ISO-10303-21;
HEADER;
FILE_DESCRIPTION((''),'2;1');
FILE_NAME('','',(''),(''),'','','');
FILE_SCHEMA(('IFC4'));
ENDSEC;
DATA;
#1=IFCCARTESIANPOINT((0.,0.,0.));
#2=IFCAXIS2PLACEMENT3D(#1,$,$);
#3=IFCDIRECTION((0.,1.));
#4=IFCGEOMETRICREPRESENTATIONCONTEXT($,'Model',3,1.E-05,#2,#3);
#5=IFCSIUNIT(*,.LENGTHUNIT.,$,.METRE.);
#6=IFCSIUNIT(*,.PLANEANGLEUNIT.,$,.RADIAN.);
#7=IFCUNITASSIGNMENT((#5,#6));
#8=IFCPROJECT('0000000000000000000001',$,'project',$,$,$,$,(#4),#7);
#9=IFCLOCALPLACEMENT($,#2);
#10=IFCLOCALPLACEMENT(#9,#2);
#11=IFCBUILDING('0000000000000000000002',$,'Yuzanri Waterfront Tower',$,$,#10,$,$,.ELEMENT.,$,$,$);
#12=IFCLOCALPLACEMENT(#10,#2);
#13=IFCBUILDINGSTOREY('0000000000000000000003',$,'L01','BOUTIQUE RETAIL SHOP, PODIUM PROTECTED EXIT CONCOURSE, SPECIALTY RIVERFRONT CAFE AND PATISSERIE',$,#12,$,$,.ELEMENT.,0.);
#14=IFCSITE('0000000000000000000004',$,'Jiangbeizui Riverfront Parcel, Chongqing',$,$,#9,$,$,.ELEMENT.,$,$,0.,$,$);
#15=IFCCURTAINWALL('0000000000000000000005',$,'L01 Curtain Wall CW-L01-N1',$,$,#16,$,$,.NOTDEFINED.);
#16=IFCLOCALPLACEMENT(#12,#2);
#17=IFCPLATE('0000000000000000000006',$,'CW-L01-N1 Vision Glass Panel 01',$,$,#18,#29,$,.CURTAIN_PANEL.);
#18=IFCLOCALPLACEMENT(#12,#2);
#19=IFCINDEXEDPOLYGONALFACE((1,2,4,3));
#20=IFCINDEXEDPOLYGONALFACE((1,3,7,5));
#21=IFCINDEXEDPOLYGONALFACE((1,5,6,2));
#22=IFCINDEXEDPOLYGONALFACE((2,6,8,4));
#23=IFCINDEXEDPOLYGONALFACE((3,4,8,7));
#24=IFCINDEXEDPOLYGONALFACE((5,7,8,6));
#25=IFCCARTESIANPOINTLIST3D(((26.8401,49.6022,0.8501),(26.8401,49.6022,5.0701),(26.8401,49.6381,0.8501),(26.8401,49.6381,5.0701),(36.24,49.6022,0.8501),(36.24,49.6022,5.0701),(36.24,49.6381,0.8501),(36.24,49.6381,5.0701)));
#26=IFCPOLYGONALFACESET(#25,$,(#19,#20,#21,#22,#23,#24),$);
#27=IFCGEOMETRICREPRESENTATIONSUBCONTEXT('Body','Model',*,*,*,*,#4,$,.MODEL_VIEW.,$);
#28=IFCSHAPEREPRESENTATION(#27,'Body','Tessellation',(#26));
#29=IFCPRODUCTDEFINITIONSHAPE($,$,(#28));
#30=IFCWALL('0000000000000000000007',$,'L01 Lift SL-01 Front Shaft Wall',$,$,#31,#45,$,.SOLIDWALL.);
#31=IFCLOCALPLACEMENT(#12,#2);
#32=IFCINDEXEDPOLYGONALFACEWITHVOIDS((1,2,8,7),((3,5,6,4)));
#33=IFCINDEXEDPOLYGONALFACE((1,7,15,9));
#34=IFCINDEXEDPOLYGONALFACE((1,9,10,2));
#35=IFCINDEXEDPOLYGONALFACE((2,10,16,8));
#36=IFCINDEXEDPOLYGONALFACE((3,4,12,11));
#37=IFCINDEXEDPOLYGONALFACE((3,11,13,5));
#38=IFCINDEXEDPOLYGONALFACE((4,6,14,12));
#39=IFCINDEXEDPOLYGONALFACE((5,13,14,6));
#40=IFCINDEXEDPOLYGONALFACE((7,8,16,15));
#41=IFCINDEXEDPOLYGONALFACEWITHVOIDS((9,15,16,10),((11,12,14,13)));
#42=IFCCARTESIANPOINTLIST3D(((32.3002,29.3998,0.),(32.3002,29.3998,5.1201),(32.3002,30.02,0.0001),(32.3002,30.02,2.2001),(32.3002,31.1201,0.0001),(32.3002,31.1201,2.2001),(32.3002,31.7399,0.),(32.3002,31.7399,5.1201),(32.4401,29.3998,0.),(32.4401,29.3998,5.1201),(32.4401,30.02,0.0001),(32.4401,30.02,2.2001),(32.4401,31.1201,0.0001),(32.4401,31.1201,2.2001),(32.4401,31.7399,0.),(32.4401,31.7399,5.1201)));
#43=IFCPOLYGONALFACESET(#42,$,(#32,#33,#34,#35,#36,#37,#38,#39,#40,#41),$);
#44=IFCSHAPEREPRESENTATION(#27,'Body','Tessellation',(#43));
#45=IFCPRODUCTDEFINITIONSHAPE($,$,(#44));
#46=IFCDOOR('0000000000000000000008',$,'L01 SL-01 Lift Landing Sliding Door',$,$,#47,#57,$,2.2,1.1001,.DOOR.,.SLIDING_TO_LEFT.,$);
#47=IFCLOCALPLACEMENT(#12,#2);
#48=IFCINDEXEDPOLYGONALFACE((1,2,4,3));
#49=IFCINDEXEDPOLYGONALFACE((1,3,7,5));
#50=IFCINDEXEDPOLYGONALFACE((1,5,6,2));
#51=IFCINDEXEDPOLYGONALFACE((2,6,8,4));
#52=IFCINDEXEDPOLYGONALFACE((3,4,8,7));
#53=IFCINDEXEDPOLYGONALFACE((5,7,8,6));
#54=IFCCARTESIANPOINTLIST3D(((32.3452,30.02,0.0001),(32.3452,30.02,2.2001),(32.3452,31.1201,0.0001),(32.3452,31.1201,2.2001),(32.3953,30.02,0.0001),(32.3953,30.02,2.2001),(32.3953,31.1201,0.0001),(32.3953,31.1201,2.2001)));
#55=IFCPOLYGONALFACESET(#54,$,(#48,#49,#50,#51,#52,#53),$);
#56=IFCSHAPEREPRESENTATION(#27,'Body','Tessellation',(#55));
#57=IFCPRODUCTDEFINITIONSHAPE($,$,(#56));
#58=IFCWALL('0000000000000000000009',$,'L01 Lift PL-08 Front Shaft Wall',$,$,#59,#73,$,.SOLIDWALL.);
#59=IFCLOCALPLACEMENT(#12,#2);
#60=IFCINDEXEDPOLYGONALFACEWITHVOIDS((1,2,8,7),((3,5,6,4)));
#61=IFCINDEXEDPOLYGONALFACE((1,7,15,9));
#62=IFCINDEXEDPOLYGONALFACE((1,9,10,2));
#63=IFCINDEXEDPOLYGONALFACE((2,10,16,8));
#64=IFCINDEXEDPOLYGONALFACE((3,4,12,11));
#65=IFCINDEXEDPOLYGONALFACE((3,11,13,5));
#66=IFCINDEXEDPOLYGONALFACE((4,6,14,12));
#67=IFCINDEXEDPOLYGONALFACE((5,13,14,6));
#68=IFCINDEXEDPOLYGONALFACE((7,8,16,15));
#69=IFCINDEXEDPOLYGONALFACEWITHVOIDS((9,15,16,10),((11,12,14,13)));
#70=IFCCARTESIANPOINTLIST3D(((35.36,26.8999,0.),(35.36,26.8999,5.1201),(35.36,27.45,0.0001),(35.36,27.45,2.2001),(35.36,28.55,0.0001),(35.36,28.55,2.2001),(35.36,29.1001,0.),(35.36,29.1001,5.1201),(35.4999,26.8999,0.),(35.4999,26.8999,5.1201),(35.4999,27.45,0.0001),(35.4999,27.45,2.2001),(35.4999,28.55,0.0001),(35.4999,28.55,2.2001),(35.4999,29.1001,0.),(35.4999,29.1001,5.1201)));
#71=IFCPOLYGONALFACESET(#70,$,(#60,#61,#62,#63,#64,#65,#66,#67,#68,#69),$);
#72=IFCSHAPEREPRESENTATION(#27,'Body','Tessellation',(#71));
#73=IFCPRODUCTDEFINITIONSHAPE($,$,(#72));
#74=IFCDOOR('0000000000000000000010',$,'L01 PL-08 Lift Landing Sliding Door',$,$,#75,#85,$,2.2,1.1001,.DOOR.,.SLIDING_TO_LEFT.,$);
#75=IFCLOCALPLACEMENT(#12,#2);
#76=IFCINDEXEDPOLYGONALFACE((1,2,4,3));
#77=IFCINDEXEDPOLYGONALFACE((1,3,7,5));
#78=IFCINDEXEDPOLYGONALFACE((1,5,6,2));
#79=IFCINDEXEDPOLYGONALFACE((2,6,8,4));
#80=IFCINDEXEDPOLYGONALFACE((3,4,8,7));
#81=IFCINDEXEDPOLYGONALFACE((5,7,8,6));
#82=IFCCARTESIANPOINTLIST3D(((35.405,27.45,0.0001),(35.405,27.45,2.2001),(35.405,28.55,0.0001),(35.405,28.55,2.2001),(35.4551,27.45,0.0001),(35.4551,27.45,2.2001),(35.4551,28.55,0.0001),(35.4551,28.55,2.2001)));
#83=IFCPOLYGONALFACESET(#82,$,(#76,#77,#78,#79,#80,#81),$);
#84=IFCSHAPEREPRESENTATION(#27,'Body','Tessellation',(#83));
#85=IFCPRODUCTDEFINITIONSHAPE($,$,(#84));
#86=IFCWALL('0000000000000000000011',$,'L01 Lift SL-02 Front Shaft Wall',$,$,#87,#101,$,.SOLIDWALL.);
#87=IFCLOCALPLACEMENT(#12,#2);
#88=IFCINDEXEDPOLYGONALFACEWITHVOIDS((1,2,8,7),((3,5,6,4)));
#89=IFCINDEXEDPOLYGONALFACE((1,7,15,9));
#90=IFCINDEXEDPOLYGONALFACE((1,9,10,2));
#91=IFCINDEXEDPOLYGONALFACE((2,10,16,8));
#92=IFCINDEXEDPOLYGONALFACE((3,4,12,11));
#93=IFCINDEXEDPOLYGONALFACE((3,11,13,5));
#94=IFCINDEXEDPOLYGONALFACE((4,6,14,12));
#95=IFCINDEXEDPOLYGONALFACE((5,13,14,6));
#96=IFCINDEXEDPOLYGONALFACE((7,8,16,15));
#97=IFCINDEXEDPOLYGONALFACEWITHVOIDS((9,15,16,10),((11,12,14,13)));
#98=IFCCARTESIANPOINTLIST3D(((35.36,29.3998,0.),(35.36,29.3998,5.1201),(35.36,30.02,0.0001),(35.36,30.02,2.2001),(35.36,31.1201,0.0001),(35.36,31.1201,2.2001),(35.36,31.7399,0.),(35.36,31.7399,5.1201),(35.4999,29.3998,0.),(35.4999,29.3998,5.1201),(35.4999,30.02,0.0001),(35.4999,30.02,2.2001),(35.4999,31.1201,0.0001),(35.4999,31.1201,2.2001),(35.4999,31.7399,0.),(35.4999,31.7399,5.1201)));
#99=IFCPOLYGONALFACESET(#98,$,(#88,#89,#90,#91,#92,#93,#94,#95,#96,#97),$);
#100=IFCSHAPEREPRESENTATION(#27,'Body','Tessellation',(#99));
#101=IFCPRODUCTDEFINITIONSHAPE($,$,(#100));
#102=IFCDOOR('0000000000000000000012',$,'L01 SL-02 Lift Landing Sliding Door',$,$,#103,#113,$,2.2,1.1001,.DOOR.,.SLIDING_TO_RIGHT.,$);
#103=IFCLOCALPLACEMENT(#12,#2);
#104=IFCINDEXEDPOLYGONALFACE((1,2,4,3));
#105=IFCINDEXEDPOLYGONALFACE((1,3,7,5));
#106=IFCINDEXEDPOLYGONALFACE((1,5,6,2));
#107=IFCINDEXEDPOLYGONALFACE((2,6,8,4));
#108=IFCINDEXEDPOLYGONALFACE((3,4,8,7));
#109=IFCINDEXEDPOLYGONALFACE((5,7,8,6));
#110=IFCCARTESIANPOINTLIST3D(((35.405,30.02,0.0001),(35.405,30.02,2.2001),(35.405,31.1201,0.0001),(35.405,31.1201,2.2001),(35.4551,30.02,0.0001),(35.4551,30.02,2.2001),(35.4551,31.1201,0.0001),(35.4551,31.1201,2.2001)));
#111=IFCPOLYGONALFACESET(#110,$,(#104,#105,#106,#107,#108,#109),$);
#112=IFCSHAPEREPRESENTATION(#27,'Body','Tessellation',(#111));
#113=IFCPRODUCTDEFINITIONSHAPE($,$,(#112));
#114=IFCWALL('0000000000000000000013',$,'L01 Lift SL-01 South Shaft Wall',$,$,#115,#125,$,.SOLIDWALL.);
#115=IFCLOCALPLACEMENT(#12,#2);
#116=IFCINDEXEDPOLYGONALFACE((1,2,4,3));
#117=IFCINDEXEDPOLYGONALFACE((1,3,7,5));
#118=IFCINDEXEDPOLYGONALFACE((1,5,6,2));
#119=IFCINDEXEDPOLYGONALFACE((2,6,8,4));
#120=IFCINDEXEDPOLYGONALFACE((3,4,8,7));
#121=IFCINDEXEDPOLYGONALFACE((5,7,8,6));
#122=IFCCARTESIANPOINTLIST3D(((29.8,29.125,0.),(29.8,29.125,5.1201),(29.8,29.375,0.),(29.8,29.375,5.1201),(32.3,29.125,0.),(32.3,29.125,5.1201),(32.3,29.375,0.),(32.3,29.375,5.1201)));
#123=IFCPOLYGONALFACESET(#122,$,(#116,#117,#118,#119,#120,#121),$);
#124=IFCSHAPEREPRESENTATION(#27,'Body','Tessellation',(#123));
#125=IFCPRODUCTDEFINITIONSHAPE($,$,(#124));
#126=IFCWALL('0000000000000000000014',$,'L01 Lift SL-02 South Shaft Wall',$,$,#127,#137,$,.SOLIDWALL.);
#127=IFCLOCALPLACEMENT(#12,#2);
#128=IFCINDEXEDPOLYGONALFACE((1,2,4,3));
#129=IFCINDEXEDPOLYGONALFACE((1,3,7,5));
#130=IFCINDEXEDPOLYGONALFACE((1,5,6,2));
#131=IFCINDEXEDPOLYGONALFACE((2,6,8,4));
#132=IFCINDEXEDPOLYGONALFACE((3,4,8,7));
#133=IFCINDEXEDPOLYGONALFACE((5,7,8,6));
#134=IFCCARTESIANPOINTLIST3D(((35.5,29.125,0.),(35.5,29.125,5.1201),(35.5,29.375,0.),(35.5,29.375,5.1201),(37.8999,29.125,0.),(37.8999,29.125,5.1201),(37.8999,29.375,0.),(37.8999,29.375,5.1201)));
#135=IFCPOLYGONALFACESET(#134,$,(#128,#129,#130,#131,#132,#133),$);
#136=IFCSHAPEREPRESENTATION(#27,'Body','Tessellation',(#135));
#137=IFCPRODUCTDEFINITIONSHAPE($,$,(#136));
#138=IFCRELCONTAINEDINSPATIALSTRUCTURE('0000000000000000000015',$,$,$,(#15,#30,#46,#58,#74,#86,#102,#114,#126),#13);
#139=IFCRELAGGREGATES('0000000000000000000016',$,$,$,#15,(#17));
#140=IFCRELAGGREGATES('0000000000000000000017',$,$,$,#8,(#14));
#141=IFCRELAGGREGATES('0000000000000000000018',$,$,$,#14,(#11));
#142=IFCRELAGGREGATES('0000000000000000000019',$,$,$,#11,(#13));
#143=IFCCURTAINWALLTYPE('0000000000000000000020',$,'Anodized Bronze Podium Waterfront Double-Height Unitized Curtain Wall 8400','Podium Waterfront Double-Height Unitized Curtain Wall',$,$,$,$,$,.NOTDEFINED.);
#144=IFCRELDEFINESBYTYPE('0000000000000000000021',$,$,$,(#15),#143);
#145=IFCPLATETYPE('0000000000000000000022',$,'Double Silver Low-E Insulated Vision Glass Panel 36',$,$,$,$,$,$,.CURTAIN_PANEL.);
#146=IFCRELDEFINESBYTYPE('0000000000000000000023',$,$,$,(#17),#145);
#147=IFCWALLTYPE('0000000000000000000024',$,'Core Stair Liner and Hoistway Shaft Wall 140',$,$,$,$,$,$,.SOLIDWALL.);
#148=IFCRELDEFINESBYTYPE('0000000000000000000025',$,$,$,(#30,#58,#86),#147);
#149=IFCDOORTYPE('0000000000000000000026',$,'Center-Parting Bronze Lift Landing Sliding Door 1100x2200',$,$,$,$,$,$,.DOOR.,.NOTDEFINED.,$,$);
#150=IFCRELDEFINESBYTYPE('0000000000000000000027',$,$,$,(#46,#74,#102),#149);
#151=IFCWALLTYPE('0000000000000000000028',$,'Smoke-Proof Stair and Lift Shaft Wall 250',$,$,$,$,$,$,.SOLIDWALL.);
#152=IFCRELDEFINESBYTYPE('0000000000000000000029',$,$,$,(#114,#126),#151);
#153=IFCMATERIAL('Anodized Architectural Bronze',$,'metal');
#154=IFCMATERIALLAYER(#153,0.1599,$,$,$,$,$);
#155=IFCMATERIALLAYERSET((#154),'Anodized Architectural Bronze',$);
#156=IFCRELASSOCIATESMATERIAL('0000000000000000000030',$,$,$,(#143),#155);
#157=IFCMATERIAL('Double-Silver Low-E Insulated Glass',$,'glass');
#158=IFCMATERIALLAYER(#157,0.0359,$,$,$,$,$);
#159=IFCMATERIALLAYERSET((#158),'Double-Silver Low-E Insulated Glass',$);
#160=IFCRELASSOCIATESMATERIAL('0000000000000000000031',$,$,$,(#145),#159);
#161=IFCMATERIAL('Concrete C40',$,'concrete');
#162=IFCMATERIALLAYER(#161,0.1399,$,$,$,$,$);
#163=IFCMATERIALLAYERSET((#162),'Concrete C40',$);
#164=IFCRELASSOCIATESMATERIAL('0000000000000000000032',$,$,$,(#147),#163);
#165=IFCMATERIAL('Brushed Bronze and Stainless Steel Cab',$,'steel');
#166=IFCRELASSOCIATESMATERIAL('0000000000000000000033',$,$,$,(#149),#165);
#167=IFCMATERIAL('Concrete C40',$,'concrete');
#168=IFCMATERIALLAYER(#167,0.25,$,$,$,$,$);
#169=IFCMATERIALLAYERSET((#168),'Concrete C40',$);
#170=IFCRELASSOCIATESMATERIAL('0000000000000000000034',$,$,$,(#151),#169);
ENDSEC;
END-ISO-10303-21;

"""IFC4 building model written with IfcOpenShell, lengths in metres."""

from ifc_helpers import new_model, si_unit, direction, frame, frame_2d, origin, origin_2d, place, context, subcontext, project, spatial, rectangle, extrude, source, transform, mapped, material, layer, layer_set, type_object, element, fill, aggregate, save


model = new_model("IFC4")

# Units and contexts
model_context = context("Model", 3, precision=1e-05, world=origin(), true_north=direction((0.0, 1.0)))
body_context = subcontext(model_context, "Body", "Model", "MODEL_VIEW")
ifc_project = project(units=[si_unit("LENGTHUNIT", "METRE"), si_unit("PLANEANGLEUNIT", "RADIAN")], contexts=[model_context])

# Site, building, storey
site_placement = place(None, origin())
site = spatial("IfcSite", under=ifc_project, at=site_placement, Name="Jiangbeizui Riverfront Parcel, Chongqing", CompositionType="ELEMENT", RefElevation=0.0)
building_placement = place(site_placement, origin())
building = spatial("IfcBuilding", under=site, at=building_placement, Name="Yuzanri Waterfront Tower", CompositionType="ELEMENT")
storey_placement = place(building_placement, origin())
storey = spatial("IfcBuildingStorey", under=building, at=storey_placement, Name="L01", Description="BOUTIQUE RETAIL SHOP, PODIUM PROTECTED EXIT CONCOURSE, SPECIALTY RIVERFRONT CAFE AND PATISSERIE", CompositionType="ELEMENT", Elevation=0.0)

# Curtain wall, plate
ifc_material_1 = material(Name="Anodized Architectural Bronze", Category="metal")
ifc_layer_1 = layer(ifc_material_1, 0.1599)
ifc_layer_set_1 = layer_set([ifc_layer_1], Name="Anodized Architectural Bronze")
curtain_wall_type = type_object("IfcCurtainWallType", Name="Anodized Bronze Podium Waterfront Double-Height Unitized Curtain Wall 8400", Description="Podium Waterfront Double-Height Unitized Curtain Wall", PredefinedType="NOTDEFINED", material=ifc_layer_set_1)
curtain_wall_placement = place(storey_placement, origin())
curtain_wall = element("IfcCurtainWall", 1, at=curtain_wall_placement, inside=storey, type_object=curtain_wall_type, Name="L01 Curtain Wall CW-L01-N1", PredefinedType="NOTDEFINED")
ifc_material_2 = material(Name="Double-Silver Low-E Insulated Glass", Category="glass")
ifc_layer_2 = layer(ifc_material_2, 0.0359)
ifc_layer_set_2 = layer_set([ifc_layer_2], Name="Double-Silver Low-E Insulated Glass")
plate_type_1 = type_object("IfcPlateType", Name="Double Silver Low-E Insulated Vision Glass Panel 36", PredefinedType="CURTAIN_PANEL", material=ifc_layer_set_2)
shared_shape_1 = source(origin(), body_context, "Body", "SweptSolid", [
    extrude(rectangle(XDim=9.3999, YDim=0.0359, at=origin_2d()), origin(), (0.0, 0.0, 1.0), 4.22),
])
plate_1_placement = place(storey_placement, frame((31.54, 49.6201, 0.8501), z_axis=(0.0, 0.0, 1.0), x_axis=(1.0, 0.0, 0.0)))
plate_1 = element("IfcPlate", 2, at=plate_1_placement, type_object=plate_type_1, Name="CW-L01-N1 Vision Glass Panel 01", PredefinedType="CURTAIN_PANEL", context=body_context, shape_type="MappedRepresentation", body=[
    mapped(shared_shape_1, transform((0.0, 0.0, 0.0), scale=1.0)),
])
aggregate(curtain_wall, [plate_1])

# Walls, openings, doors
ifc_material_3 = material(Name="Concrete C40", Category="concrete")
ifc_layer_3 = layer(ifc_material_3, 0.1399)
ifc_layer_set_3 = layer_set([ifc_layer_3], Name="Concrete C40")
wall_type_1 = type_object("IfcWallType", Name="Core Stair Liner and Hoistway Shaft Wall 140", PredefinedType="SOLIDWALL", material=ifc_layer_set_3)
wall_1_placement = place(storey_placement, frame((32.3701, 29.3999, 0.0), z_axis=(0.0, 0.0, 1.0), x_axis=(0.0, 1.0, 0.0)))
wall_1 = element("IfcWall", 3, at=wall_1_placement, inside=storey, type_object=wall_type_1, Name="L01 Lift SL-01 Front Shaft Wall", PredefinedType="SOLIDWALL", context=body_context, shape_type="SweptSolid", body=[
    extrude(rectangle(XDim=2.3401, YDim=0.1399, at=frame_2d((1.1699, 0.0))), origin(), (0.0, 0.0, 1.0), 5.1201),
])
opening_1_placement = place(wall_1_placement, frame((0.6201, 0.0, 0.0)))
opening_1 = element("IfcOpeningElement", 4, at=opening_1_placement, cuts=wall_1, PredefinedType="OPENING", context=body_context, shape_type="SweptSolid", body=[
    extrude(rectangle(XDim=1.1001, YDim=2.2, at=frame_2d((0.55, 1.1001))), frame((0.0, 0.085, 0.0), z_axis=(0.0, -1.0, 0.0), x_axis=(1.0, 0.0, 0.0)), (0.0, 0.0, 1.0), 0.1697),
])
ifc_material_4 = material(Name="Brushed Bronze and Stainless Steel Cab", Category="steel")
door_type_1 = type_object("IfcDoorType", Name="Center-Parting Bronze Lift Landing Sliding Door 1100x2200", OperationType="NOTDEFINED", PredefinedType="DOOR", material=ifc_material_4)
shared_shape_2 = source(origin(), body_context, "Body", "SweptSolid", [
    extrude(rectangle(XDim=1.1001, YDim=2.2, at=frame_2d((0.55, 1.1001))), frame((0.0, 0.0249, 0.0), z_axis=(0.0, -1.0, 0.0), x_axis=(1.0, 0.0, 0.0)), (0.0, 0.0, 1.0), 0.05),
])
door_1_placement = place(opening_1_placement, origin())
door_1 = element("IfcDoor", 5, at=door_1_placement, inside=storey, type_object=door_type_1, Name="L01 SL-01 Lift Landing Sliding Door", OperationType="SLIDING_TO_LEFT", OverallHeight=2.2, OverallWidth=1.1001, PredefinedType="DOOR", context=body_context, shape_type="MappedRepresentation", body=[
    mapped(shared_shape_2, transform((0.0, 0.0, 0.0), scale=1.0)),
])
fill(opening_1, door_1)
wall_2_placement = place(storey_placement, frame((35.4299, 26.8999, 0.0), z_axis=(0.0, 0.0, 1.0), x_axis=(0.0, 1.0, 0.0)))
wall_2 = element("IfcWall", 6, at=wall_2_placement, inside=storey, type_object=wall_type_1, Name="L01 Lift PL-08 Front Shaft Wall", PredefinedType="SOLIDWALL", context=body_context, shape_type="SweptSolid", body=[
    extrude(rectangle(XDim=2.2002, YDim=0.1399, at=frame_2d((1.1001, 0.0))), origin(), (0.0, 0.0, 1.0), 5.1201),
])
opening_2_placement = place(wall_2_placement, frame((0.55, 0.0, 0.0)))
opening_2 = element("IfcOpeningElement", 7, at=opening_2_placement, cuts=wall_2, PredefinedType="OPENING", context=body_context, shape_type="SweptSolid", body=[
    extrude(rectangle(XDim=1.1001, YDim=2.2, at=frame_2d((0.55, 1.1001))), frame((0.0, 0.085, 0.0), z_axis=(0.0, -1.0, 0.0), x_axis=(1.0, 0.0, 0.0)), (0.0, 0.0, 1.0), 0.1697),
])
door_2_placement = place(opening_2_placement, origin())
door_2 = element("IfcDoor", 8, at=door_2_placement, inside=storey, type_object=door_type_1, Name="L01 PL-08 Lift Landing Sliding Door", OperationType="SLIDING_TO_LEFT", OverallHeight=2.2, OverallWidth=1.1001, PredefinedType="DOOR", context=body_context, shape_type="MappedRepresentation", body=[
    mapped(shared_shape_2, transform((0.0, 0.0, 0.0), scale=1.0)),
])
fill(opening_2, door_2)
wall_3_placement = place(storey_placement, frame((35.4299, 29.3999, 0.0), z_axis=(0.0, 0.0, 1.0), x_axis=(0.0, 1.0, 0.0)))
wall_3 = element("IfcWall", 9, at=wall_3_placement, inside=storey, type_object=wall_type_1, Name="L01 Lift SL-02 Front Shaft Wall", PredefinedType="SOLIDWALL", context=body_context, shape_type="SweptSolid", body=[
    extrude(rectangle(XDim=2.3401, YDim=0.1399, at=frame_2d((1.1699, 0.0))), origin(), (0.0, 0.0, 1.0), 5.1201),
])
opening_3_placement = place(wall_3_placement, frame((0.6201, 0.0, 0.0)))
opening_3 = element("IfcOpeningElement", 10, at=opening_3_placement, cuts=wall_3, PredefinedType="OPENING", context=body_context, shape_type="SweptSolid", body=[
    extrude(rectangle(XDim=1.1001, YDim=2.2, at=frame_2d((0.55, 1.1001))), frame((0.0, 0.085, 0.0), z_axis=(0.0, -1.0, 0.0), x_axis=(1.0, 0.0, 0.0)), (0.0, 0.0, 1.0), 0.1697),
])
door_3_placement = place(opening_3_placement, origin())
door_3 = element("IfcDoor", 11, at=door_3_placement, inside=storey, type_object=door_type_1, Name="L01 SL-02 Lift Landing Sliding Door", OperationType="SLIDING_TO_RIGHT", OverallHeight=2.2, OverallWidth=1.1001, PredefinedType="DOOR", context=body_context, shape_type="MappedRepresentation", body=[
    mapped(shared_shape_2, transform((0.0, 0.0, 0.0), scale=1.0)),
])
fill(opening_3, door_3)

# Walls
ifc_material_5 = material(Name="Concrete C40", Category="concrete")
ifc_layer_4 = layer(ifc_material_5, 0.25)
ifc_layer_set_4 = layer_set([ifc_layer_4], Name="Concrete C40")
wall_type_2 = type_object("IfcWallType", Name="Smoke-Proof Stair and Lift Shaft Wall 250", PredefinedType="SOLIDWALL", material=ifc_layer_set_4)
shared_shape_3 = source(origin(), body_context, "Body", "SweptSolid", [
    extrude(rectangle(XDim=2.5, YDim=0.25, at=frame_2d((1.25, 0.0))), origin(), (0.0, 0.0, 1.0), 5.1201),
])
wall_4_placement = place(storey_placement, frame((29.8, 29.25, 0.0), z_axis=(0.0, 0.0, 1.0), x_axis=(1.0, 0.0, 0.0)))
element("IfcWall", 12, at=wall_4_placement, inside=storey, type_object=wall_type_2, Name="L01 Lift SL-01 South Shaft Wall", PredefinedType="SOLIDWALL", context=body_context, shape_type="MappedRepresentation", body=[
    mapped(shared_shape_3, transform((0.0, 0.0, 0.0), scale=1.0)),
])
shared_shape_4 = source(origin(), body_context, "Body", "SweptSolid", [
    extrude(rectangle(XDim=2.3999, YDim=0.25, at=frame_2d((1.2, 0.0))), origin(), (0.0, 0.0, 1.0), 5.1201),
])
wall_5_placement = place(storey_placement, frame((35.5, 29.25, 0.0), z_axis=(0.0, 0.0, 1.0), x_axis=(1.0, 0.0, 0.0)))
element("IfcWall", 13, at=wall_5_placement, inside=storey, type_object=wall_type_2, Name="L01 Lift SL-02 South Shaft Wall", PredefinedType="SOLIDWALL", context=body_context, shape_type="MappedRepresentation", body=[
    mapped(shared_shape_4, transform((0.0, 0.0, 0.0), scale=1.0)),
])

save(model, "model.ifc")
